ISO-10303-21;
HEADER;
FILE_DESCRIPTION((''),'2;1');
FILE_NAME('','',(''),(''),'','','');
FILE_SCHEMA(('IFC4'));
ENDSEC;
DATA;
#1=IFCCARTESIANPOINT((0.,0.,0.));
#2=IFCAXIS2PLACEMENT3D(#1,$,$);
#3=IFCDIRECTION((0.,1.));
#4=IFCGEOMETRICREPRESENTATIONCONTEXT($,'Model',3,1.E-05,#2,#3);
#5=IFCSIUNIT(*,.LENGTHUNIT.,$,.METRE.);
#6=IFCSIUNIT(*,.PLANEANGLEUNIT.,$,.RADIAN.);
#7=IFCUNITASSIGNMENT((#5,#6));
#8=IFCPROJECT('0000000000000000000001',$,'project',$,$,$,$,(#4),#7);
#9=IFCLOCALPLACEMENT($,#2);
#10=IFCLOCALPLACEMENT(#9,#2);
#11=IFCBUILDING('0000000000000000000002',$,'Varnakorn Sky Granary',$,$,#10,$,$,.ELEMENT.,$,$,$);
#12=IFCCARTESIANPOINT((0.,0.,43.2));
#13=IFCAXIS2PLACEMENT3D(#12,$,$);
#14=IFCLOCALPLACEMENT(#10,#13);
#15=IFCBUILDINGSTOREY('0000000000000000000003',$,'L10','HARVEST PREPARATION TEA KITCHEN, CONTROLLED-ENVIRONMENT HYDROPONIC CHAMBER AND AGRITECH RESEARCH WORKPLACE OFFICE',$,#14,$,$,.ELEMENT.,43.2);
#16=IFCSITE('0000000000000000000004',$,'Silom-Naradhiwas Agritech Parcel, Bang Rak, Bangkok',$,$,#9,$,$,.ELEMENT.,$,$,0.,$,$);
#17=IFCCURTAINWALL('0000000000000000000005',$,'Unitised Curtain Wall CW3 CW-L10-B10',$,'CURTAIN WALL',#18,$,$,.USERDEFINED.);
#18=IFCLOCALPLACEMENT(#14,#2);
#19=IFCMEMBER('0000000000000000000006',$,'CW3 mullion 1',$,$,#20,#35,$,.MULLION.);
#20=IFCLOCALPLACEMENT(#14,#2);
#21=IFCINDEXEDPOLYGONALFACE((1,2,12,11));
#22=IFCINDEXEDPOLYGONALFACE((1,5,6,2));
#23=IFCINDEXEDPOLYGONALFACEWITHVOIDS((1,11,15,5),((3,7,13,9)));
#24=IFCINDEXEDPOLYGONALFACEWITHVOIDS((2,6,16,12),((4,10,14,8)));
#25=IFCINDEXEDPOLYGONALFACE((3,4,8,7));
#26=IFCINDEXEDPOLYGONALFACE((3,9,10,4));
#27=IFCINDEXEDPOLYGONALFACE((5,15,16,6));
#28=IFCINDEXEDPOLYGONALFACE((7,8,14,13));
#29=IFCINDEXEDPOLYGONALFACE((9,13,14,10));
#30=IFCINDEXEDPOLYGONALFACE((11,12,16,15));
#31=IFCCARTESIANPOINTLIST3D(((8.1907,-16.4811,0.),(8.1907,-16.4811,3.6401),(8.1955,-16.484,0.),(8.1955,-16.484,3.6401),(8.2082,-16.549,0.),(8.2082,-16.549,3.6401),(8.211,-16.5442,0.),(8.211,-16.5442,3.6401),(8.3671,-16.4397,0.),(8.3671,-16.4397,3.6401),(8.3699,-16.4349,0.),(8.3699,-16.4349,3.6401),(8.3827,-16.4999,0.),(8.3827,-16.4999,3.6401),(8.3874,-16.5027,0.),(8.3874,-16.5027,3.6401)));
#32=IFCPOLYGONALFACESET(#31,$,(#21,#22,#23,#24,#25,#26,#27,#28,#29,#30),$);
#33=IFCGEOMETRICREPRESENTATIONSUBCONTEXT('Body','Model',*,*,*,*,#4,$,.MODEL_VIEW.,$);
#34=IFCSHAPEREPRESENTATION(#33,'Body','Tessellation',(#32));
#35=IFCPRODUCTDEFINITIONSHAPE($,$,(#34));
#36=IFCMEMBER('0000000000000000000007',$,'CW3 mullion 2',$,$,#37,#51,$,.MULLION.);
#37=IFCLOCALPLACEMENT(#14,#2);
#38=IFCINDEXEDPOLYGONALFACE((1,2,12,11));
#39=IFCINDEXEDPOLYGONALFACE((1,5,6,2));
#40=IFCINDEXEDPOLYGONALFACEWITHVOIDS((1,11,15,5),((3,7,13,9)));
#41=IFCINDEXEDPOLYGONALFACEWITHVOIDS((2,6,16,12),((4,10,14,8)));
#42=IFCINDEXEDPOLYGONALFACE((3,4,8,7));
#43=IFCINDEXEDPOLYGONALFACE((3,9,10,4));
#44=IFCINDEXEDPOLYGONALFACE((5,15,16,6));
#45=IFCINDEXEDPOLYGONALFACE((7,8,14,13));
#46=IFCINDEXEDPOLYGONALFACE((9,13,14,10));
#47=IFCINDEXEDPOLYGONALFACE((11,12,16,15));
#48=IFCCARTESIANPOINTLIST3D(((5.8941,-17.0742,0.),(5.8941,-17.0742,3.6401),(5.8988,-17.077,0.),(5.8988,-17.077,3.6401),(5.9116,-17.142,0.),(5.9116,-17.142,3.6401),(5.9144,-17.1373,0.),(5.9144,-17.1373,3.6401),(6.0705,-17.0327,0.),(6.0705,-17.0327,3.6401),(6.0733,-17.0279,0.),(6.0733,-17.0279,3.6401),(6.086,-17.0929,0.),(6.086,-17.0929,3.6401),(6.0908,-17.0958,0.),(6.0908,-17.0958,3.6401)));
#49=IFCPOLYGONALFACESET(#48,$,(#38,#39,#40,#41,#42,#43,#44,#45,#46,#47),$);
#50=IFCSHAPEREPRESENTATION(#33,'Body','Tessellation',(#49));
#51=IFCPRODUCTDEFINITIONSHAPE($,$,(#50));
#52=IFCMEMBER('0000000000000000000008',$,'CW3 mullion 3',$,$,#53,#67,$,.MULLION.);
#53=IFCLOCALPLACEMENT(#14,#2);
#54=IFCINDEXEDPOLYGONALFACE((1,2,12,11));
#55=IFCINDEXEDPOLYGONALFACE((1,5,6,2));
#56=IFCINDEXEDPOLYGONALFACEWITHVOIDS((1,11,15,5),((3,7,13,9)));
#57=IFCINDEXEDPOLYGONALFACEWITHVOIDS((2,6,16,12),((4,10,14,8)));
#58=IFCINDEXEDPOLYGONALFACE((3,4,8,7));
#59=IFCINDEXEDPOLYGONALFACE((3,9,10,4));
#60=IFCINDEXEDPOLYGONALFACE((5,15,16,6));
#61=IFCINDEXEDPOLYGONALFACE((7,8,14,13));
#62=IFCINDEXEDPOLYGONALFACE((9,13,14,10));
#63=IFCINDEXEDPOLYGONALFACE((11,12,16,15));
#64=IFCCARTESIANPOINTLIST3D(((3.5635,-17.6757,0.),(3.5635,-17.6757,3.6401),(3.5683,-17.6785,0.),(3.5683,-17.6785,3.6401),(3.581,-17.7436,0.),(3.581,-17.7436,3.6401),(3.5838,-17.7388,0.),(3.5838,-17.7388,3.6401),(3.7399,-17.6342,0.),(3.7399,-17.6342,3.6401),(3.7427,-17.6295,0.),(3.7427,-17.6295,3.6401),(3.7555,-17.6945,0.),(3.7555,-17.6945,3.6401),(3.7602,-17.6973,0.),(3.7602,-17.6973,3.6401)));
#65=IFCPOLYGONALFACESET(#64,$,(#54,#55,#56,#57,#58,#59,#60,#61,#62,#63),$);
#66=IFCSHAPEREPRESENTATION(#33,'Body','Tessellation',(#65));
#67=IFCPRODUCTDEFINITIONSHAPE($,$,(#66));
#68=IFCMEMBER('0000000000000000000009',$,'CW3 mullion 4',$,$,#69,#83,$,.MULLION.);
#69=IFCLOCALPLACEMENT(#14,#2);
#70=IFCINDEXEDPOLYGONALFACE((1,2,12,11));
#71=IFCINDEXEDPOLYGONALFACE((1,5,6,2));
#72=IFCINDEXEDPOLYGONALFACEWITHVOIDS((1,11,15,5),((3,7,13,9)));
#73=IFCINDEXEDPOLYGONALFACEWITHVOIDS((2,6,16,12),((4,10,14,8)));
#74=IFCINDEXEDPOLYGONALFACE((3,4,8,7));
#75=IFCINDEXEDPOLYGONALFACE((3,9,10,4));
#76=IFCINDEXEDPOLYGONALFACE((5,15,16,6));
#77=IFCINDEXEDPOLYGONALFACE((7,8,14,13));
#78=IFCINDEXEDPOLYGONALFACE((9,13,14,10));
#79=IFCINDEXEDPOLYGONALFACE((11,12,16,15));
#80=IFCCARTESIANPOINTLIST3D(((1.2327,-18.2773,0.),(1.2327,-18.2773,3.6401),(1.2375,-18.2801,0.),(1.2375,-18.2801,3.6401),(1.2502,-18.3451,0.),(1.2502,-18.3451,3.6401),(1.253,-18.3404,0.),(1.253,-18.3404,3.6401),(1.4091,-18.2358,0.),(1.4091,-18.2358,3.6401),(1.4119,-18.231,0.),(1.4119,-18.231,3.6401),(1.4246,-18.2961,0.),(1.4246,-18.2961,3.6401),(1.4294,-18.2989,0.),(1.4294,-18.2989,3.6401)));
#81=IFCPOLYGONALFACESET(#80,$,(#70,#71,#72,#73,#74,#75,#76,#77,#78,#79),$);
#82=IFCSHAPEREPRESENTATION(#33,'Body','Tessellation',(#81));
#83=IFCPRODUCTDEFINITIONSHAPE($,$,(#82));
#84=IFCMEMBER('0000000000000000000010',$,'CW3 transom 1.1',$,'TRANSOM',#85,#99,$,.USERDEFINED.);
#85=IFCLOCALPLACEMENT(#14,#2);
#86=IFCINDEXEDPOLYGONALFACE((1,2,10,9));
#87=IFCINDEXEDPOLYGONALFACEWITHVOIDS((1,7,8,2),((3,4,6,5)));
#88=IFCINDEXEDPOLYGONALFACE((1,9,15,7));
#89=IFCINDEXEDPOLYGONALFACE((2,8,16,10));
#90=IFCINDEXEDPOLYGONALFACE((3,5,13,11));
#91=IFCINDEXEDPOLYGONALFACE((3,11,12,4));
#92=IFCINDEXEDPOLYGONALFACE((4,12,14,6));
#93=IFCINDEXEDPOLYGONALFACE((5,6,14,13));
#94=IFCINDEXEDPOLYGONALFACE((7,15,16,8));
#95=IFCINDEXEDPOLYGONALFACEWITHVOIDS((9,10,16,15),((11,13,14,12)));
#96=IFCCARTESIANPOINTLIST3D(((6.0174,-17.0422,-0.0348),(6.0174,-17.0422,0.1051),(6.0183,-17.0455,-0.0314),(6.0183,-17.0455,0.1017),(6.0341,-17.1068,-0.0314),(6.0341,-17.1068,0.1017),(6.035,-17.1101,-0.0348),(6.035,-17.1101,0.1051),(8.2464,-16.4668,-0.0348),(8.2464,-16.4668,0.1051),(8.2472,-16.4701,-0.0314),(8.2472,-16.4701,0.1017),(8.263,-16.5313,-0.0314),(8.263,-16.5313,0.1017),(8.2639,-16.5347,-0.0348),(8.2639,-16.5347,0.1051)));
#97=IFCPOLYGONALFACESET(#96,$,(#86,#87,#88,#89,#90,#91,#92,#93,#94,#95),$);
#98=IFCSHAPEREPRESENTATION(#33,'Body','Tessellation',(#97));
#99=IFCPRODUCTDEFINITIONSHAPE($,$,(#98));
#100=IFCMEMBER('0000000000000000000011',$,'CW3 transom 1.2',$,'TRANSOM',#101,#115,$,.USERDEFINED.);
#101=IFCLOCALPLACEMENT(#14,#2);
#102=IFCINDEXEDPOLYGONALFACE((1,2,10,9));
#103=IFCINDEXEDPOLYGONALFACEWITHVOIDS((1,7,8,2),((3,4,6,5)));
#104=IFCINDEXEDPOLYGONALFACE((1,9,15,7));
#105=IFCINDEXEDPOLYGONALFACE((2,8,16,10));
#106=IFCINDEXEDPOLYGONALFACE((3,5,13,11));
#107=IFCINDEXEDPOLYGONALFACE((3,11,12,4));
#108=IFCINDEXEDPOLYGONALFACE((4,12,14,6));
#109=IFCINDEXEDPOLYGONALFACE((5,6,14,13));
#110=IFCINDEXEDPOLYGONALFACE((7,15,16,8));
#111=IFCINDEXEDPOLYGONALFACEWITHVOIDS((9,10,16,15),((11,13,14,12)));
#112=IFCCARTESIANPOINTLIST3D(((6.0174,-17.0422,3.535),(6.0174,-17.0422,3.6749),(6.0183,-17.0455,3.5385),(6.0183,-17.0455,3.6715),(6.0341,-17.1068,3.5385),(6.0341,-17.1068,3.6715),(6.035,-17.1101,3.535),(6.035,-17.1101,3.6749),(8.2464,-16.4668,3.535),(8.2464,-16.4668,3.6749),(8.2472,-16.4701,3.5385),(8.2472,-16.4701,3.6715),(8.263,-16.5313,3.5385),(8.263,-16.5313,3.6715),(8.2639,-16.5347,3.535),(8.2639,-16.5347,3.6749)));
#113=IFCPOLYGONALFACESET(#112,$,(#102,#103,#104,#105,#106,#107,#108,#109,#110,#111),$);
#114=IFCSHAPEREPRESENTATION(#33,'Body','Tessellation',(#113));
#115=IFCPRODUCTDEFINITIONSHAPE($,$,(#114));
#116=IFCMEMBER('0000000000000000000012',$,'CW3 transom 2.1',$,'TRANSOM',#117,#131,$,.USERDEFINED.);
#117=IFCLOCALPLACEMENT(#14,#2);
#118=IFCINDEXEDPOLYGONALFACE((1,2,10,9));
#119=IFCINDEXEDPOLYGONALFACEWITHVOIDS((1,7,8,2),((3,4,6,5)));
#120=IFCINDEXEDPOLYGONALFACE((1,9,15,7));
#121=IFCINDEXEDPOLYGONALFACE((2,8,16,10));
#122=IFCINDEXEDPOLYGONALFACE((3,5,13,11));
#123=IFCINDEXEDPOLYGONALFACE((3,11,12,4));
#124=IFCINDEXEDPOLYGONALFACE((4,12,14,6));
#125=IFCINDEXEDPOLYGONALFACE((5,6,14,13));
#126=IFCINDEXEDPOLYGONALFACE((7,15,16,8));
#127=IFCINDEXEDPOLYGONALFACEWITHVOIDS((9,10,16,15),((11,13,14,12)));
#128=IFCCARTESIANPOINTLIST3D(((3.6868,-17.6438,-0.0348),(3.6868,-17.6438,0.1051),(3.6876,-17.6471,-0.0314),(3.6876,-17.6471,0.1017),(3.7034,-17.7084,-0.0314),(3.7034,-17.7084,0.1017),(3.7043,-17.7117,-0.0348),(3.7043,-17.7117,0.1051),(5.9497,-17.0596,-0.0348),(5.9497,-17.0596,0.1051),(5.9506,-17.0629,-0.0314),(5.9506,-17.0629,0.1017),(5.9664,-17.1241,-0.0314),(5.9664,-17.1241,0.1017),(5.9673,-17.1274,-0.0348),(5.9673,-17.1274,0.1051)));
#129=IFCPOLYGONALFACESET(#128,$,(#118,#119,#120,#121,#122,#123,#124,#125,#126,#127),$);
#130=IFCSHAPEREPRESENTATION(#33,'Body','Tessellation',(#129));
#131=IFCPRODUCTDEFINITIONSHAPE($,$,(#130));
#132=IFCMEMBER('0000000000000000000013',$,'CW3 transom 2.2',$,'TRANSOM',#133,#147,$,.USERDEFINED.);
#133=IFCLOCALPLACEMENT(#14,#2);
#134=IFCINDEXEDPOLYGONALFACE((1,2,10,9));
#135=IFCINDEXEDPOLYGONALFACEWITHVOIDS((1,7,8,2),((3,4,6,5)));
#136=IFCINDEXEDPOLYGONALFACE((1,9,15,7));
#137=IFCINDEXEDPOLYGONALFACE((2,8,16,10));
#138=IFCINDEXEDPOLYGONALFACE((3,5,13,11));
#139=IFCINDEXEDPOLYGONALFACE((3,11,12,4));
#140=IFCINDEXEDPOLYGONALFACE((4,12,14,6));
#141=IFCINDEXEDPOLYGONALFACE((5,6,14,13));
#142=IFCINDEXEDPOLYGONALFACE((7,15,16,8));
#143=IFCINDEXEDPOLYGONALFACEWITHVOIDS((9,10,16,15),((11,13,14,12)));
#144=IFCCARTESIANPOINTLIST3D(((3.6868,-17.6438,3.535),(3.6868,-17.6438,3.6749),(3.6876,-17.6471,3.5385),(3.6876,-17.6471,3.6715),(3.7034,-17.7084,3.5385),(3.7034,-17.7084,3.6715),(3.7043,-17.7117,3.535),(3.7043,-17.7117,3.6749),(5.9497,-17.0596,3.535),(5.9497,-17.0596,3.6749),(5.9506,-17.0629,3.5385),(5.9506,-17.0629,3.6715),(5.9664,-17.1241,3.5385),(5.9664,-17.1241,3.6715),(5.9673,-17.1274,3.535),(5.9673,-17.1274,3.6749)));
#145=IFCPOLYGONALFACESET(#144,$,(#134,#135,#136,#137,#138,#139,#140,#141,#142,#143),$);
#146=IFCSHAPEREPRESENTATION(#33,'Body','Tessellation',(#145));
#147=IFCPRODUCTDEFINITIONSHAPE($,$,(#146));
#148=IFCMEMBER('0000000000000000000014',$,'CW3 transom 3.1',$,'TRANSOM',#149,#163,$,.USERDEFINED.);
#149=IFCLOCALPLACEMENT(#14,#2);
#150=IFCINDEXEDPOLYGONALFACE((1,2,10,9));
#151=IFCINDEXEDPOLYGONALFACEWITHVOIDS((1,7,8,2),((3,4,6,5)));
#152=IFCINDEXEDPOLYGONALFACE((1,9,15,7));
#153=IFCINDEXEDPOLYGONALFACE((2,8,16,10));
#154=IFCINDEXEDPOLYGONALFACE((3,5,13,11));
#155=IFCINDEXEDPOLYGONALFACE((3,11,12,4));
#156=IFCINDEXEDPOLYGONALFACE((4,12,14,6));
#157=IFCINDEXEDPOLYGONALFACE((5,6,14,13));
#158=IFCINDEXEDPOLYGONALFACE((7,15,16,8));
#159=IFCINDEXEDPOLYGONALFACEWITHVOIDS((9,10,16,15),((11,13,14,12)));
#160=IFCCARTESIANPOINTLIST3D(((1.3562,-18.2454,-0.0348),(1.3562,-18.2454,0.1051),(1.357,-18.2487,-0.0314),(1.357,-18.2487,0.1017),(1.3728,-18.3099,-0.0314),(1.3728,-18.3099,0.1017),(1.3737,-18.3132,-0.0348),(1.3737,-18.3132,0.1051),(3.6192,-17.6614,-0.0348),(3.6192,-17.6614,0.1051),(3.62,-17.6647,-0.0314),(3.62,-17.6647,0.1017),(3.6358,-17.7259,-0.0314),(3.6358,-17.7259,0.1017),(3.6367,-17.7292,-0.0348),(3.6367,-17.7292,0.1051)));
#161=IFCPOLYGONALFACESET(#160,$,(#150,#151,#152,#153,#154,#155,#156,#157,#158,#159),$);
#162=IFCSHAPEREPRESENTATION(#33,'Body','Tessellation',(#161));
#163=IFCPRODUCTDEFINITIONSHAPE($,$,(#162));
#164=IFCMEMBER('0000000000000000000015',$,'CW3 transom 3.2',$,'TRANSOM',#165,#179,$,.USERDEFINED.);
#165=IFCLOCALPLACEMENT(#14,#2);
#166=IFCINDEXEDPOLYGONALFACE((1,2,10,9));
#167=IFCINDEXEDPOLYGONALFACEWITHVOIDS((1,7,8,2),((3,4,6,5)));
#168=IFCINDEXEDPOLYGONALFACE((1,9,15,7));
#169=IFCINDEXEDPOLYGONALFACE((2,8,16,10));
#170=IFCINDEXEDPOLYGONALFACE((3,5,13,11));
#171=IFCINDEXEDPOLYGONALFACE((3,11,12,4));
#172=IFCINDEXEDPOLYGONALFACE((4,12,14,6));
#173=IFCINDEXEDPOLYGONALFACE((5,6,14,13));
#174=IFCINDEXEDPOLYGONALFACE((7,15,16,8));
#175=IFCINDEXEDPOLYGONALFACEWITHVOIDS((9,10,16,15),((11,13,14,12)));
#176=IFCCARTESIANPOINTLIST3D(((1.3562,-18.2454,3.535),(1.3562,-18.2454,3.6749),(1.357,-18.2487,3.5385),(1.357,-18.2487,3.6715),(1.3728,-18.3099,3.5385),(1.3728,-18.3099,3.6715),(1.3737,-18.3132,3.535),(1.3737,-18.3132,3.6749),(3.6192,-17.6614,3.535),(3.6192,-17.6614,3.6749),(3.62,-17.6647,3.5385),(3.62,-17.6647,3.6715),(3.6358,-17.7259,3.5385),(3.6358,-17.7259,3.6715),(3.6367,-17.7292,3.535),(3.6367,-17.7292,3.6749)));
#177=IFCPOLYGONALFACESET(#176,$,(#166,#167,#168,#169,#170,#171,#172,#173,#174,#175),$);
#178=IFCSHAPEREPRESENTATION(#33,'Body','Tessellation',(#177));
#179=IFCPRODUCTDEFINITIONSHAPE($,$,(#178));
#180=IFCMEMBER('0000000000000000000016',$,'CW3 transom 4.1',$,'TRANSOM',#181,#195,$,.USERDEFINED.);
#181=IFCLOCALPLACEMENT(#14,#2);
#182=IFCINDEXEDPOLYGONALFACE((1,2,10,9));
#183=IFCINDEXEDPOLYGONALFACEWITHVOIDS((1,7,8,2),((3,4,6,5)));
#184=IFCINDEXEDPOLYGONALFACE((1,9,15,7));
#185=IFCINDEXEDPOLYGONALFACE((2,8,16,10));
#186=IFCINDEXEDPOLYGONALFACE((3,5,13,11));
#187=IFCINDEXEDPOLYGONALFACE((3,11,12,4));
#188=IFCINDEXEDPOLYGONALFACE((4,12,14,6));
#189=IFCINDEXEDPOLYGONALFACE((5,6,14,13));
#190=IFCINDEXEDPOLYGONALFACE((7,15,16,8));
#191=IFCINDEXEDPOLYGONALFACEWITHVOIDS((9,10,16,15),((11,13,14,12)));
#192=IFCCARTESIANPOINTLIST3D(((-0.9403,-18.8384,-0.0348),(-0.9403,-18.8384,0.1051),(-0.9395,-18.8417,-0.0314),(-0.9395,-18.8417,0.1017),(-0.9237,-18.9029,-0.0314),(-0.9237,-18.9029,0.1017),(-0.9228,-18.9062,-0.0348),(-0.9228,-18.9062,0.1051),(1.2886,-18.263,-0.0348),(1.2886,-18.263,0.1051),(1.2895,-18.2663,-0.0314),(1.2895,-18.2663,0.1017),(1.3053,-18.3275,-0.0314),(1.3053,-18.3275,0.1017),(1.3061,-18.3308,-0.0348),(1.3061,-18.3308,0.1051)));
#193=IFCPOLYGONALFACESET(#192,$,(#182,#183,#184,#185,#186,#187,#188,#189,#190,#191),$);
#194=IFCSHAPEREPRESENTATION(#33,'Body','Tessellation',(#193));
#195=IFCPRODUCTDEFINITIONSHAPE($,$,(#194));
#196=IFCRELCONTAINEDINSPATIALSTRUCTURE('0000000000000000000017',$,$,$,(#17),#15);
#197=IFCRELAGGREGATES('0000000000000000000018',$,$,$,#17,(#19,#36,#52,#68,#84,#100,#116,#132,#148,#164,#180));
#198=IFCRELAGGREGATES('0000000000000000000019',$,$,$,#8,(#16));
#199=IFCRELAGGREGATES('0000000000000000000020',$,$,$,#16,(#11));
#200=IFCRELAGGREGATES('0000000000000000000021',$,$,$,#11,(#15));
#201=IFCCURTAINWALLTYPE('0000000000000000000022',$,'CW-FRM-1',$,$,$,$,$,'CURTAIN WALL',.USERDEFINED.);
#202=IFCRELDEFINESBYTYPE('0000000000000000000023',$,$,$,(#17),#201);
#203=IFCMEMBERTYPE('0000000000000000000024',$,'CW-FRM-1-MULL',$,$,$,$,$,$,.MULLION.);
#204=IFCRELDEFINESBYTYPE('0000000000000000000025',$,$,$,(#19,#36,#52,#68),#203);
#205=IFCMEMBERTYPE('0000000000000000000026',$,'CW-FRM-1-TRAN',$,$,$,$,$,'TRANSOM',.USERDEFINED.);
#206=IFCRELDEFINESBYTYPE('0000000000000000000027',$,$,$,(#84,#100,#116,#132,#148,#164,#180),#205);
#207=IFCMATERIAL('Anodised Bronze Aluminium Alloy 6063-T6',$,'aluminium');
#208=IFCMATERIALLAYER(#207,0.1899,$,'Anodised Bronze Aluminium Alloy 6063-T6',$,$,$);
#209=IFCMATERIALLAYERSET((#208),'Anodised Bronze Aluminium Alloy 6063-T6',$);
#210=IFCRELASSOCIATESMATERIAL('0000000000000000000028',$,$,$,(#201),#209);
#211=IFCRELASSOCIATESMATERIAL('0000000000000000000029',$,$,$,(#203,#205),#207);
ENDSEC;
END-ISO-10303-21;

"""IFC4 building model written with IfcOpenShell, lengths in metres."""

from ifc_helpers import new_model, si_unit, direction, frame, origin, origin_2d, place, context, subcontext, project, spatial, hollow_rectangle, extrude, material, layer, layer_set, material_profile, profile_set, type_object, element, aggregate, save


model = new_model("IFC4")

# Units and contexts
model_context = context("Model", 3, precision=1e-05, world=origin(), true_north=direction((0.0, 1.0)))
body_context = subcontext(model_context, "Body", "Model", "MODEL_VIEW")
ifc_project = project(units=[si_unit("LENGTHUNIT", "METRE"), si_unit("PLANEANGLEUNIT", "RADIAN")], contexts=[model_context])

# Site, building, storey
site_placement = place(None, origin())
site = spatial("IfcSite", under=ifc_project, at=site_placement, Name="Silom-Naradhiwas Agritech Parcel, Bang Rak, Bangkok", CompositionType="ELEMENT", RefElevation=0.0)
building_placement = place(site_placement, origin())
building = spatial("IfcBuilding", under=site, at=building_placement, Name="Varnakorn Sky Granary", CompositionType="ELEMENT")
storey_placement = place(building_placement, frame((0.0, 0.0, 43.2)))
storey = spatial("IfcBuildingStorey", under=building, at=storey_placement, Name="L10", Description="HARVEST PREPARATION TEA KITCHEN, CONTROLLED-ENVIRONMENT HYDROPONIC CHAMBER AND AGRITECH RESEARCH WORKPLACE OFFICE", CompositionType="ELEMENT", Elevation=43.2)

# Curtain wall, members
ifc_material_1 = material(Name="Anodised Bronze Aluminium Alloy 6063-T6", Category="aluminium")
ifc_layer_1 = layer(ifc_material_1, 0.1899, Name="Anodised Bronze Aluminium Alloy 6063-T6")
ifc_layer_set_1 = layer_set([ifc_layer_1], Name="Anodised Bronze Aluminium Alloy 6063-T6")
curtain_wall_type = type_object("IfcCurtainWallType", Name="CW-FRM-1", ElementType="CURTAIN WALL", PredefinedType="USERDEFINED", material=ifc_layer_set_1)
curtain_wall_placement = place(storey_placement, origin())
curtain_wall = element("IfcCurtainWall", 1, at=curtain_wall_placement, inside=storey, type_object=curtain_wall_type, Name="Unitised Curtain Wall CW3 CW-L10-B10", ObjectType="CURTAIN WALL", PredefinedType="USERDEFINED")
ifc_material_profile_1 = material_profile(ifc_material_1, hollow_rectangle(XDim=0.0701, YDim=0.1851, WallThickness=0.0039, at=origin_2d()), Name="ALU MULL 70x185")
ifc_profile_set_1 = profile_set([ifc_material_profile_1], Name="Anodised Bronze Aluminium Alloy 6063-T6")
member_type_1 = type_object("IfcMemberType", Name="CW-FRM-1-MULL", PredefinedType="MULLION", material=ifc_profile_set_1)
member_1_placement = place(storey_placement, frame((8.2891, -16.4919, 0.0), z_axis=(0.0, 0.0, 1.0), x_axis=(0.24996, -0.968256, 0.0)))
member_1 = element("IfcMember", 2, at=member_1_placement, type_object=member_type_1, Name="CW3 mullion 1", PredefinedType="MULLION", context=body_context, shape_type="SweptSolid", body=[
    extrude(hollow_rectangle(XDim=0.0701, YDim=0.1851, WallThickness=0.0039, at=origin_2d()), origin(), (0.0, 0.0, 1.0), 3.6401),
])
member_2_placement = place(storey_placement, frame((5.9924, -17.085, 0.0), z_axis=(0.0, 0.0, 1.0), x_axis=(0.24996, -0.968256, 0.0)))
member_2 = element("IfcMember", 3, at=member_2_placement, type_object=member_type_1, Name="CW3 mullion 2", PredefinedType="MULLION", context=body_context, shape_type="SweptSolid", body=[
    extrude(hollow_rectangle(XDim=0.0701, YDim=0.1851, WallThickness=0.0039, at=origin_2d()), origin(), (0.0, 0.0, 1.0), 3.6401),
])
member_3_placement = place(storey_placement, frame((3.6619, -17.6865, 0.0), z_axis=(0.0, 0.0, 1.0), x_axis=(0.24996, -0.968256, 0.0)))
member_3 = element("IfcMember", 4, at=member_3_placement, type_object=member_type_1, Name="CW3 mullion 3", PredefinedType="MULLION", context=body_context, shape_type="SweptSolid", body=[
    extrude(hollow_rectangle(XDim=0.0701, YDim=0.1851, WallThickness=0.0039, at=origin_2d()), origin(), (0.0, 0.0, 1.0), 3.6401),
])
member_4_placement = place(storey_placement, frame((1.3311, -18.2881, 0.0), z_axis=(0.0, 0.0, 1.0), x_axis=(0.24996, -0.968256, 0.0)))
member_4 = element("IfcMember", 5, at=member_4_placement, type_object=member_type_1, Name="CW3 mullion 4", PredefinedType="MULLION", context=body_context, shape_type="SweptSolid", body=[
    extrude(hollow_rectangle(XDim=0.0701, YDim=0.1851, WallThickness=0.0039, at=origin_2d()), origin(), (0.0, 0.0, 1.0), 3.6401),
])
ifc_material_profile_2 = material_profile(ifc_material_1, hollow_rectangle(XDim=0.0701, YDim=0.1399, WallThickness=0.0034, at=origin_2d()), Name="ALU TRAN 70x140")
ifc_profile_set_2 = profile_set([ifc_material_profile_2], Name="Anodised Bronze Aluminium Alloy 6063-T6")
member_type_2 = type_object("IfcMemberType", Name="CW-FRM-1-TRAN", ElementType="TRANSOM", PredefinedType="USERDEFINED", material=ifc_profile_set_2)
member_5_placement = place(storey_placement, frame((8.2551, -16.5007, 0.0352), z_axis=(-0.968255, -0.249965, 0.0), x_axis=(0.249965, -0.968255, 0.0)))
member_5 = element("IfcMember", 6, at=member_5_placement, type_object=member_type_2, Name="CW3 transom 1.1", ObjectType="TRANSOM", PredefinedType="USERDEFINED", context=body_context, shape_type="SweptSolid", body=[
    extrude(hollow_rectangle(XDim=0.0701, YDim=0.1399, WallThickness=0.0034, at=origin_2d()), origin(), (0.0, 0.0, 1.0), 2.302),
])
member_6_placement = place(storey_placement, frame((8.2551, -16.5007, 3.605), z_axis=(-0.968255, -0.249965, 0.0), x_axis=(0.249965, -0.968255, 0.0)))
member_6 = element("IfcMember", 7, at=member_6_placement, type_object=member_type_2, Name="CW3 transom 1.2", ObjectType="TRANSOM", PredefinedType="USERDEFINED", context=body_context, shape_type="SweptSolid", body=[
    extrude(hollow_rectangle(XDim=0.0701, YDim=0.1399, WallThickness=0.0034, at=origin_2d()), origin(), (0.0, 0.0, 1.0), 2.302),
])
member_7_placement = place(storey_placement, frame((5.9585, -17.0935, 0.0352), z_axis=(-0.968252, -0.249976, 0.0), x_axis=(0.249976, -0.968252, 0.0)))
member_7 = element("IfcMember", 8, at=member_7_placement, type_object=member_type_2, Name="CW3 transom 2.1", ObjectType="TRANSOM", PredefinedType="USERDEFINED", context=body_context, shape_type="SweptSolid", body=[
    extrude(hollow_rectangle(XDim=0.0701, YDim=0.1399, WallThickness=0.0034, at=origin_2d()), origin(), (0.0, 0.0, 1.0), 2.3372),
])
member_8_placement = place(storey_placement, frame((5.9585, -17.0935, 3.605), z_axis=(-0.968252, -0.249976, 0.0), x_axis=(0.249976, -0.968252, 0.0)))
member_8 = element("IfcMember", 9, at=member_8_placement, type_object=member_type_2, Name="CW3 transom 2.2", ObjectType="TRANSOM", PredefinedType="USERDEFINED", context=body_context, shape_type="SweptSolid", body=[
    extrude(hollow_rectangle(XDim=0.0701, YDim=0.1399, WallThickness=0.0034, at=origin_2d()), origin(), (0.0, 0.0, 1.0), 2.3372),
])
member_9_placement = place(storey_placement, frame((3.6279, -17.6953, 0.0352), z_axis=(-0.968277, -0.249878, 0.0), x_axis=(0.249878, -0.968277, 0.0)))
member_9 = element("IfcMember", 10, at=member_9_placement, type_object=member_type_2, Name="CW3 transom 3.1", ObjectType="TRANSOM", PredefinedType="USERDEFINED", context=body_context, shape_type="SweptSolid", body=[
    extrude(hollow_rectangle(XDim=0.0701, YDim=0.1399, WallThickness=0.0034, at=origin_2d()), origin(), (0.0, 0.0, 1.0), 2.3372),
])
member_10_placement = place(storey_placement, frame((3.6279, -17.6953, 3.605), z_axis=(-0.968277, -0.249878, 0.0), x_axis=(0.249878, -0.968277, 0.0)))
member_10 = element("IfcMember", 11, at=member_10_placement, type_object=member_type_2, Name="CW3 transom 3.2", ObjectType="TRANSOM", PredefinedType="USERDEFINED", context=body_context, shape_type="SweptSolid", body=[
    extrude(hollow_rectangle(XDim=0.0701, YDim=0.1399, WallThickness=0.0034, at=origin_2d()), origin(), (0.0, 0.0, 1.0), 2.3372),
])
member_11_placement = place(storey_placement, frame((1.2974, -18.2969, 0.0352), z_axis=(-0.968255, -0.249965, 0.0), x_axis=(0.249965, -0.968255, 0.0)))
member_11 = element("IfcMember", 12, at=member_11_placement, type_object=member_type_2, Name="CW3 transom 4.1", ObjectType="TRANSOM", PredefinedType="USERDEFINED", context=body_context, shape_type="SweptSolid", body=[
    extrude(hollow_rectangle(XDim=0.0701, YDim=0.1399, WallThickness=0.0034, at=origin_2d()), origin(), (0.0, 0.0, 1.0), 2.302),
])

aggregate(curtain_wall, [member_1, member_2, member_3, member_4, member_5, member_6, member_7, member_8, member_9, member_10, member_11])

save(model, "model.ifc")
